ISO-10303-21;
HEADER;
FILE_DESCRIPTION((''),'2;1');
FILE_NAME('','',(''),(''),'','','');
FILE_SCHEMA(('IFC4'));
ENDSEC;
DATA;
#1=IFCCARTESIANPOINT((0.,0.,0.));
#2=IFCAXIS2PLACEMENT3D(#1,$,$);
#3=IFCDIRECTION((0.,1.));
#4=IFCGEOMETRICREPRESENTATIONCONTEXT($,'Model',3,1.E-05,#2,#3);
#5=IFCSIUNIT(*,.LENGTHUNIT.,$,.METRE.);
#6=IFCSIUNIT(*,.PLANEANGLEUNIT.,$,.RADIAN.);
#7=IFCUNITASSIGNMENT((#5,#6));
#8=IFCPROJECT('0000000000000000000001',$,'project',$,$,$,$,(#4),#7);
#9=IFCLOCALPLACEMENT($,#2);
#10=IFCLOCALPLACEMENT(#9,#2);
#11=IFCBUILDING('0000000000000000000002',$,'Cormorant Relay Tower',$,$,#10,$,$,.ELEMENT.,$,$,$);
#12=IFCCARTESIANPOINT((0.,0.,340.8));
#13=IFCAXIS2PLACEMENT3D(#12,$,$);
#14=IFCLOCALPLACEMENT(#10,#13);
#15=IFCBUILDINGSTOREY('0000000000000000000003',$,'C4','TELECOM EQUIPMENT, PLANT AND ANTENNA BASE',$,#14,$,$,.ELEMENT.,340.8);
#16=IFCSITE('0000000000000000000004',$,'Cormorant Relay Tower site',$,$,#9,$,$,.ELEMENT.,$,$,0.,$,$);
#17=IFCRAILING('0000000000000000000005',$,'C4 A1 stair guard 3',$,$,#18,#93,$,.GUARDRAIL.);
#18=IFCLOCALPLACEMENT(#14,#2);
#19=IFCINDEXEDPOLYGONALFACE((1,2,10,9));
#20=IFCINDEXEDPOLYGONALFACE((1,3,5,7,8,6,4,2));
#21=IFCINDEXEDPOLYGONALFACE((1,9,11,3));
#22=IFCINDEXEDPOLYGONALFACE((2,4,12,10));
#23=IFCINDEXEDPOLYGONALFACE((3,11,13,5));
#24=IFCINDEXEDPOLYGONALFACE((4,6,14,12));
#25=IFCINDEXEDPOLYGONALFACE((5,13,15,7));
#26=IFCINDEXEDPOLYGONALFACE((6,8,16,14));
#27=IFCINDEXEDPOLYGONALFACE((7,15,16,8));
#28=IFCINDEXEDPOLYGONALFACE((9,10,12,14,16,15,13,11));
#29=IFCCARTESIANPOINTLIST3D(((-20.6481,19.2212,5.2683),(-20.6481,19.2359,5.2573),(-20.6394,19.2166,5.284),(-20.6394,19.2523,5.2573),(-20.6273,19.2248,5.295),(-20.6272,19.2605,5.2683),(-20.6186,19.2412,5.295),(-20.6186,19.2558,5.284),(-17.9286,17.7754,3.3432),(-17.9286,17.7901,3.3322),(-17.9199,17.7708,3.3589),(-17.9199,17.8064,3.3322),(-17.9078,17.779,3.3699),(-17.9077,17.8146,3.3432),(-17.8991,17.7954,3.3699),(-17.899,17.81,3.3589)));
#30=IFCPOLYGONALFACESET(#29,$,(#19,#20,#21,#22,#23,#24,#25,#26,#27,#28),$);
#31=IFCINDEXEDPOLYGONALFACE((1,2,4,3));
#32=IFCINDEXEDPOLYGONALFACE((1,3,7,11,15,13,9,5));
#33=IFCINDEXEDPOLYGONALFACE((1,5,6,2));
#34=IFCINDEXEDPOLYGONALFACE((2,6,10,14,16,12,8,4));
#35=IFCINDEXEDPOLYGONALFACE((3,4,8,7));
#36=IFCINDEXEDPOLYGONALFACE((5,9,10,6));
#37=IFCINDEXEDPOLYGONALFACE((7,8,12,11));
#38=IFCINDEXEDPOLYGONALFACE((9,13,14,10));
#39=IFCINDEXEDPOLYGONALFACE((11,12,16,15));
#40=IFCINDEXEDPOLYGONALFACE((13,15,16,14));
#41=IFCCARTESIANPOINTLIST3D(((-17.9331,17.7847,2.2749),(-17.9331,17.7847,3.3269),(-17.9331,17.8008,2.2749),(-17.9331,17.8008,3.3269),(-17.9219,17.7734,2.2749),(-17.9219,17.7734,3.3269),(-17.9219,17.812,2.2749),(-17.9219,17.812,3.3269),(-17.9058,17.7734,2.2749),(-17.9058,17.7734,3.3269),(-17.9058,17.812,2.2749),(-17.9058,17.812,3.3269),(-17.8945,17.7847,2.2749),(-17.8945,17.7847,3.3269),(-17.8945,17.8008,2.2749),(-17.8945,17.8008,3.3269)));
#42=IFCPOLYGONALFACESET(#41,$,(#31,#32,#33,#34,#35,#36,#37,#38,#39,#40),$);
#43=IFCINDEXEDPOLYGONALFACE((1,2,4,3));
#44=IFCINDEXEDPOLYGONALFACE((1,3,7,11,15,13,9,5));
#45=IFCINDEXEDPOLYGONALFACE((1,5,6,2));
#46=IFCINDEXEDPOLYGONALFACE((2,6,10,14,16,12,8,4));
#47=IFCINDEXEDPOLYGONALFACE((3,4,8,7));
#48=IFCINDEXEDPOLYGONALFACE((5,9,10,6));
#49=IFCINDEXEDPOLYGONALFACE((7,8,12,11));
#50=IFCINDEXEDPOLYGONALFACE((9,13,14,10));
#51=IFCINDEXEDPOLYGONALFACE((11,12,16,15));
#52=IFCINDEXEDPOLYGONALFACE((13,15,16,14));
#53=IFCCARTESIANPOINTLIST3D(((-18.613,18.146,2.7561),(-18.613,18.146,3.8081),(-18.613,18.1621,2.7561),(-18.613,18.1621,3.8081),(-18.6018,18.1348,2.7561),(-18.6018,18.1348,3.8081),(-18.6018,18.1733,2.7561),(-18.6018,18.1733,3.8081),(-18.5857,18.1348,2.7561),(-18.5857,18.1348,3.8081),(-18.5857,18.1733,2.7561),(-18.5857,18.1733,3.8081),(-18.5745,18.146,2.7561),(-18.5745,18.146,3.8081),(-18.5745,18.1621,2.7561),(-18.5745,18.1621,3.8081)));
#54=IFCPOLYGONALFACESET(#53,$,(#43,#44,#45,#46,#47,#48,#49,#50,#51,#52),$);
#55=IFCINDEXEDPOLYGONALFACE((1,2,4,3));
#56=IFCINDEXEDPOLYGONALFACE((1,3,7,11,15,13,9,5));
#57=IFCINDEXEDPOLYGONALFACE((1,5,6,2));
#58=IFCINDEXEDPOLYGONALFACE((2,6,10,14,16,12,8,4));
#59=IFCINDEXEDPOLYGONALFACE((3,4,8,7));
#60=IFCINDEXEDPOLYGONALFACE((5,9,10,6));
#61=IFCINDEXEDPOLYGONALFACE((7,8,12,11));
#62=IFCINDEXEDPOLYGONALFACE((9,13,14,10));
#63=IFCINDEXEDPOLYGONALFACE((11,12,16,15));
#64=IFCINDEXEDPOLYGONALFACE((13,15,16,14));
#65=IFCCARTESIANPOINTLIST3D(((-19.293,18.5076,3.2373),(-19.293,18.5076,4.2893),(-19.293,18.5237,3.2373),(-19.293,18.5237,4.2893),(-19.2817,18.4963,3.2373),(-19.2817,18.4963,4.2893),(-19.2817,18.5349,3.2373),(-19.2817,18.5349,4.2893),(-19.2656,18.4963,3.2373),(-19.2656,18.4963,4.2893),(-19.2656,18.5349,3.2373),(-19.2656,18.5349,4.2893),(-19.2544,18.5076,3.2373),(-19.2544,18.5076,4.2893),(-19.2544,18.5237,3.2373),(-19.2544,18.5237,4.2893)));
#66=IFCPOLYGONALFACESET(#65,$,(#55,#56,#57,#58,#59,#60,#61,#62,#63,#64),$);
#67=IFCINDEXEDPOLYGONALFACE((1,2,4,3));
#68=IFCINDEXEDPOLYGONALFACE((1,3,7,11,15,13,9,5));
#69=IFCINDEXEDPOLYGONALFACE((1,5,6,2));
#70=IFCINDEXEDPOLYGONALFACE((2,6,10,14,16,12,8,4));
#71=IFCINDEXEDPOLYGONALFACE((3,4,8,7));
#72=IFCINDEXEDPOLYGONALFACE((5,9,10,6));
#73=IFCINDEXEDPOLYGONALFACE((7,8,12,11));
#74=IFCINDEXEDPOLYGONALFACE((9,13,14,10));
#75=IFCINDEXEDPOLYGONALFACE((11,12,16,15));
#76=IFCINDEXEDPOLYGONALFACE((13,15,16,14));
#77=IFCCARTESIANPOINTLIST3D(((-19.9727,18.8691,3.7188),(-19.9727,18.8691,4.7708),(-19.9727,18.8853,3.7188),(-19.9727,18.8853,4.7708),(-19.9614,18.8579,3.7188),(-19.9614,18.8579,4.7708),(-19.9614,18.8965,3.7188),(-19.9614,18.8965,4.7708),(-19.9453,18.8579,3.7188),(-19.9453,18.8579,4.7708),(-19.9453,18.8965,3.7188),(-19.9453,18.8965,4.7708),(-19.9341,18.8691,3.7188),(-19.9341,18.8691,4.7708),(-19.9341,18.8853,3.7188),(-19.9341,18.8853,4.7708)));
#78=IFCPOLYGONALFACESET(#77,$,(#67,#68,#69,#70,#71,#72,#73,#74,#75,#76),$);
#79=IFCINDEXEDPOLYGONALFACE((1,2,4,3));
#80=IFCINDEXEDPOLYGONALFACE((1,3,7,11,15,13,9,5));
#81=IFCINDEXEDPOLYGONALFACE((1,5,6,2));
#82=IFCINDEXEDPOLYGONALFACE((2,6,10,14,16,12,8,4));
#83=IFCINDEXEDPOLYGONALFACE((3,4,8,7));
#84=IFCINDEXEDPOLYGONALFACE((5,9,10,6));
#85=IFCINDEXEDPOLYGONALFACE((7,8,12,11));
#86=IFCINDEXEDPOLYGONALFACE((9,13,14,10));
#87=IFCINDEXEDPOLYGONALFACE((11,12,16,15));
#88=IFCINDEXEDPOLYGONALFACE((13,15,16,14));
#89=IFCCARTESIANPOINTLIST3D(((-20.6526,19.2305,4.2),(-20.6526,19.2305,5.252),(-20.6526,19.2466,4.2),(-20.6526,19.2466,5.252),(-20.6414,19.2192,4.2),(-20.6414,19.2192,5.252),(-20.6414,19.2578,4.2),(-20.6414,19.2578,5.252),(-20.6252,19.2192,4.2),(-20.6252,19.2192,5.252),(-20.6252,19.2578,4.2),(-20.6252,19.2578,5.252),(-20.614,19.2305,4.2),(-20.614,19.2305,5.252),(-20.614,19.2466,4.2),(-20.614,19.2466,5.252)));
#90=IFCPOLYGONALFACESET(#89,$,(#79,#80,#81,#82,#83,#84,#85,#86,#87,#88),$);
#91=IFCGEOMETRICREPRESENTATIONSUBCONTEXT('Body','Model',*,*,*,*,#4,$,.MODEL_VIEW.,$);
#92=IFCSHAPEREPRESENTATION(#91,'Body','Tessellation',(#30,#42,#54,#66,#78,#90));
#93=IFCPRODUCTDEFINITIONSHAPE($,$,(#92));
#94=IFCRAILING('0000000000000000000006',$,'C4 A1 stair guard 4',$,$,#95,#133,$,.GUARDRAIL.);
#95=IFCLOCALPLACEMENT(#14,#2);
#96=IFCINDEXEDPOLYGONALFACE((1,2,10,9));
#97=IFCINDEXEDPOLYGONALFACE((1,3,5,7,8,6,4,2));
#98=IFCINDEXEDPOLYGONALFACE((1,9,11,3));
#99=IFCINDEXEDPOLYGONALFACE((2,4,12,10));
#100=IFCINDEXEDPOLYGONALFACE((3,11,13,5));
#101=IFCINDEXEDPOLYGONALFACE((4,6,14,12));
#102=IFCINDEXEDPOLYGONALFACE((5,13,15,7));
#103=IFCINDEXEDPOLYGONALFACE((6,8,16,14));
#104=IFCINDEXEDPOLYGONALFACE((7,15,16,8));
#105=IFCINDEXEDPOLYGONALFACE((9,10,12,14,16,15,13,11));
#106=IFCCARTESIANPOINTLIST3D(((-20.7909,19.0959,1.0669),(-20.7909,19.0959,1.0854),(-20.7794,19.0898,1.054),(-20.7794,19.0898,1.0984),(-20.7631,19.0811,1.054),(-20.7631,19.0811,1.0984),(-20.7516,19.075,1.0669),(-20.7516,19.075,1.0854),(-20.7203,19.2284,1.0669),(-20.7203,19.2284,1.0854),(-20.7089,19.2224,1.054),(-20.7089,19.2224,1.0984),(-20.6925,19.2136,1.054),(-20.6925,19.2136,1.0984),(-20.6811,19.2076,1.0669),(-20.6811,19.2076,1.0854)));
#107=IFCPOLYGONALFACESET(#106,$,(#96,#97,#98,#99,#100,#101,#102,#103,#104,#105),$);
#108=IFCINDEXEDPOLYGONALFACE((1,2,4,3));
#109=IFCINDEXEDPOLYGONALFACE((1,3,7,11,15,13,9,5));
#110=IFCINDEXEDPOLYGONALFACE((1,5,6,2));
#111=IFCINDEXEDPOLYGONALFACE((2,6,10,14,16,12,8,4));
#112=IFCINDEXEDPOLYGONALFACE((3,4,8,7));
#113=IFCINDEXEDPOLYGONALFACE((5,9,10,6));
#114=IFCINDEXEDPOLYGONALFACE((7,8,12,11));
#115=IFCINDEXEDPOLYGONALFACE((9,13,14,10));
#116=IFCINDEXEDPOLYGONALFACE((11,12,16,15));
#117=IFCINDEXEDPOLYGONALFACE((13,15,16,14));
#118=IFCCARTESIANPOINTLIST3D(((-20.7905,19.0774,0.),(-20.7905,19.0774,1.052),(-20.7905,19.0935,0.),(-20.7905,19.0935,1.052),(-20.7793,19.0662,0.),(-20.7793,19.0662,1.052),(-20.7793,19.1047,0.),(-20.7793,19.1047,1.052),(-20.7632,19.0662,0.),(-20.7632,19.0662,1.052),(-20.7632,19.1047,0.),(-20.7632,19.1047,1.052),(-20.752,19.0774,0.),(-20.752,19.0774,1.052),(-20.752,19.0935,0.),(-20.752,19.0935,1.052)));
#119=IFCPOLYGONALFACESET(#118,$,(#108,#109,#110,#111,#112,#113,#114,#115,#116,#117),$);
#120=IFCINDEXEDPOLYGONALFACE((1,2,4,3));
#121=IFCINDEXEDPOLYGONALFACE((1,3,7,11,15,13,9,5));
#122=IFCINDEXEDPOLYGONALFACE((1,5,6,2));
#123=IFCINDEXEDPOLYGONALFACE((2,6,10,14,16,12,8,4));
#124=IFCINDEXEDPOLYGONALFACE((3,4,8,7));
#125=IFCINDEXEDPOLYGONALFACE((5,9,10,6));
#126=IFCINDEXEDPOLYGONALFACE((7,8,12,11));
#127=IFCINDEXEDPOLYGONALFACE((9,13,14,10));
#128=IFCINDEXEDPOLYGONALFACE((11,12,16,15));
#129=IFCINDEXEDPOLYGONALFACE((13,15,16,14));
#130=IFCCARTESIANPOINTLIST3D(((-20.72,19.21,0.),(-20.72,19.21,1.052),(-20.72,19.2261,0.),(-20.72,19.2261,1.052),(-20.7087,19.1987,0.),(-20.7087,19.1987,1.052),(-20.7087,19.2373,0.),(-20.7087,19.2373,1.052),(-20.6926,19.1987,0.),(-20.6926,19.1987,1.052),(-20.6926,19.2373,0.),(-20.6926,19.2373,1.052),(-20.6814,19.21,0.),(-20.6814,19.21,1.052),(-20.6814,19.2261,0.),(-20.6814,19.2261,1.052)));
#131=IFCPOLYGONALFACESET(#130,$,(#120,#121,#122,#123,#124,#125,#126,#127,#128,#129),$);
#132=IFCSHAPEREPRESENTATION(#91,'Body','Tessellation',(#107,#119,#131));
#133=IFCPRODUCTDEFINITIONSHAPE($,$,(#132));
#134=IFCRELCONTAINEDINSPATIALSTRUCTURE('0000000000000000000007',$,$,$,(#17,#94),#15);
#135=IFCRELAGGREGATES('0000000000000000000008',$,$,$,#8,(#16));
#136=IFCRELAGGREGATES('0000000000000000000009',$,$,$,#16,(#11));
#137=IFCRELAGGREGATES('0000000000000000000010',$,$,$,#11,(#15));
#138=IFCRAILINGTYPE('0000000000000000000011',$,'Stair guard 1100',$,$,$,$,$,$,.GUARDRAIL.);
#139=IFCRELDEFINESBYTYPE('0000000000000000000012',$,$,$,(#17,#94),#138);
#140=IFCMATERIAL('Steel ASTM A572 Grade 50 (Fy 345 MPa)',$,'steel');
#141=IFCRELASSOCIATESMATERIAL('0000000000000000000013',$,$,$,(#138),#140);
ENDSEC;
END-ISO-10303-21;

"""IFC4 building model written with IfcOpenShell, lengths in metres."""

from ifc_helpers import new_model, si_unit, direction, frame, origin, place, context, subcontext, project, spatial, polyline, outline, extrude, material, type_object, element, save


model = new_model("IFC4")

# Units and contexts
model_context = context("Model", 3, precision=1e-05, world=origin(), true_north=direction((0.0, 1.0)))
body_context = subcontext(model_context, "Body", "Model", "MODEL_VIEW")
ifc_project = project(units=[si_unit("LENGTHUNIT", "METRE"), si_unit("PLANEANGLEUNIT", "RADIAN")], contexts=[model_context])

# Site, building, storey
site_placement = place(None, origin())
site = spatial("IfcSite", under=ifc_project, at=site_placement, Name="Cormorant Relay Tower site", CompositionType="ELEMENT", RefElevation=0.0)
building_placement = place(site_placement, origin())
building = spatial("IfcBuilding", under=site, at=building_placement, Name="Cormorant Relay Tower", CompositionType="ELEMENT")
storey_placement = place(building_placement, frame((0.0, 0.0, 340.8)))
storey = spatial("IfcBuildingStorey", under=building, at=storey_placement, Name="C4", Description="TELECOM EQUIPMENT, PLANT AND ANTENNA BASE", CompositionType="ELEMENT", Elevation=340.8)

# Railings
ifc_material_1 = material(Name="Steel ASTM A572 Grade 50 (Fy 345 MPa)", Category="steel")
railing_type_1 = type_object("IfcRailingType", Name="Stair guard 1100", PredefinedType="GUARDRAIL", material=ifc_material_1)
railing_1_placement = place(storey_placement, frame((-17.9138, 17.7927, 2.2749)))
element("IfcRailing", 1, at=railing_1_placement, inside=storey, type_object=railing_type_1, Name="C4 A1 stair guard 3", PredefinedType="GUARDRAIL", context=body_context, shape_type="SweptSolid", body=[
    extrude(outline(polyline([(0.0222, 0.0093), (0.0093, 0.0222), (-0.0093, 0.0222), (-0.0222, 0.0093), (-0.0222, -0.0093), (-0.0093, -0.0222), (0.0093, -0.0222), (0.0222, -0.0093), (0.0222, 0.0093)])), frame((0.0, 0.0, 1.0762), z_axis=(-0.748747, 0.398068, 0.530018), x_axis=(-0.469428, -0.882971, 0.0)), (0.0, 0.0, 1.0), 3.6321),
    extrude(outline(polyline([(0.0193, 0.0081), (0.0081, 0.0193), (-0.0081, 0.0193), (-0.0193, 0.0081), (-0.0193, -0.0081), (-0.0081, -0.0193), (0.0081, -0.0193), (0.0193, -0.0081), (0.0193, 0.0081)])), origin(), (0.0, 0.0, 1.0), 1.052),
    extrude(outline(polyline([(0.0193, 0.0081), (0.0081, 0.0193), (-0.0081, 0.0193), (-0.0193, 0.0081), (-0.0193, -0.0081), (-0.0081, -0.0193), (0.0081, -0.0193), (0.0193, -0.0081), (0.0193, 0.0081)])), frame((-0.6799, 0.3613, 0.4812)), (0.0, 0.0, 1.0), 1.052),
    extrude(outline(polyline([(0.0193, 0.0081), (0.0081, 0.0193), (-0.0081, 0.0193), (-0.0193, 0.0081), (-0.0193, -0.0081), (-0.0081, -0.0193), (0.0081, -0.0193), (0.0193, -0.0081), (0.0193, 0.0081)])), frame((-1.3599, 0.7229, 0.9624)), (0.0, 0.0, 1.0), 1.052),
    extrude(outline(polyline([(0.0193, 0.0081), (0.0081, 0.0193), (-0.0081, 0.0193), (-0.0193, 0.0081), (-0.0193, -0.0081), (-0.0081, -0.0193), (0.0081, -0.0193), (0.0193, -0.0081), (0.0193, 0.0081)])), frame((-2.0396, 1.0845, 1.4438)), (0.0, 0.0, 1.0), 1.052),
    extrude(outline(polyline([(0.0193, 0.0081), (0.0081, 0.0193), (-0.0081, 0.0193), (-0.0193, 0.0081), (-0.0193, -0.0081), (-0.0081, -0.0193), (0.0081, -0.0193), (0.0193, -0.0081), (0.0193, 0.0081)])), frame((-2.7195, 1.4458, 1.925)), (0.0, 0.0, 1.0), 1.052),
])
railing_2_placement = place(storey_placement, frame((-20.7712, 19.0854, 0.0)))
element("IfcRailing", 2, at=railing_2_placement, inside=storey, type_object=railing_type_1, Name="C4 A1 stair guard 4", PredefinedType="GUARDRAIL", context=body_context, shape_type="SweptSolid", body=[
    extrude(outline(polyline([(0.0222, 0.0093), (0.0093, 0.0222), (-0.0093, 0.0222), (-0.0222, 0.0093), (-0.0222, -0.0093), (-0.0093, -0.0222), (0.0093, -0.0222), (0.0222, -0.0093), (0.0222, 0.0093)])), frame((0.0, 0.0, 1.0762), z_axis=(0.469829, 0.882758, 0.0), x_axis=(-0.882758, 0.469829, 0.0)), (0.0, 0.0, 1.0), 0.1501),
    extrude(outline(polyline([(0.0193, 0.0081), (0.0081, 0.0193), (-0.0081, 0.0193), (-0.0193, 0.0081), (-0.0193, -0.0081), (-0.0081, -0.0193), (0.0081, -0.0193), (0.0193, -0.0081), (0.0193, 0.0081)])), origin(), (0.0, 0.0, 1.0), 1.052),
    extrude(outline(polyline([(0.0193, 0.0081), (0.0081, 0.0193), (-0.0081, 0.0193), (-0.0193, 0.0081), (-0.0193, -0.0081), (-0.0081, -0.0193), (0.0081, -0.0193), (0.0193, -0.0081), (0.0193, 0.0081)])), frame((0.0706, 0.1326, 0.0)), (0.0, 0.0, 1.0), 1.052),
])

save(model, "model.ifc")
